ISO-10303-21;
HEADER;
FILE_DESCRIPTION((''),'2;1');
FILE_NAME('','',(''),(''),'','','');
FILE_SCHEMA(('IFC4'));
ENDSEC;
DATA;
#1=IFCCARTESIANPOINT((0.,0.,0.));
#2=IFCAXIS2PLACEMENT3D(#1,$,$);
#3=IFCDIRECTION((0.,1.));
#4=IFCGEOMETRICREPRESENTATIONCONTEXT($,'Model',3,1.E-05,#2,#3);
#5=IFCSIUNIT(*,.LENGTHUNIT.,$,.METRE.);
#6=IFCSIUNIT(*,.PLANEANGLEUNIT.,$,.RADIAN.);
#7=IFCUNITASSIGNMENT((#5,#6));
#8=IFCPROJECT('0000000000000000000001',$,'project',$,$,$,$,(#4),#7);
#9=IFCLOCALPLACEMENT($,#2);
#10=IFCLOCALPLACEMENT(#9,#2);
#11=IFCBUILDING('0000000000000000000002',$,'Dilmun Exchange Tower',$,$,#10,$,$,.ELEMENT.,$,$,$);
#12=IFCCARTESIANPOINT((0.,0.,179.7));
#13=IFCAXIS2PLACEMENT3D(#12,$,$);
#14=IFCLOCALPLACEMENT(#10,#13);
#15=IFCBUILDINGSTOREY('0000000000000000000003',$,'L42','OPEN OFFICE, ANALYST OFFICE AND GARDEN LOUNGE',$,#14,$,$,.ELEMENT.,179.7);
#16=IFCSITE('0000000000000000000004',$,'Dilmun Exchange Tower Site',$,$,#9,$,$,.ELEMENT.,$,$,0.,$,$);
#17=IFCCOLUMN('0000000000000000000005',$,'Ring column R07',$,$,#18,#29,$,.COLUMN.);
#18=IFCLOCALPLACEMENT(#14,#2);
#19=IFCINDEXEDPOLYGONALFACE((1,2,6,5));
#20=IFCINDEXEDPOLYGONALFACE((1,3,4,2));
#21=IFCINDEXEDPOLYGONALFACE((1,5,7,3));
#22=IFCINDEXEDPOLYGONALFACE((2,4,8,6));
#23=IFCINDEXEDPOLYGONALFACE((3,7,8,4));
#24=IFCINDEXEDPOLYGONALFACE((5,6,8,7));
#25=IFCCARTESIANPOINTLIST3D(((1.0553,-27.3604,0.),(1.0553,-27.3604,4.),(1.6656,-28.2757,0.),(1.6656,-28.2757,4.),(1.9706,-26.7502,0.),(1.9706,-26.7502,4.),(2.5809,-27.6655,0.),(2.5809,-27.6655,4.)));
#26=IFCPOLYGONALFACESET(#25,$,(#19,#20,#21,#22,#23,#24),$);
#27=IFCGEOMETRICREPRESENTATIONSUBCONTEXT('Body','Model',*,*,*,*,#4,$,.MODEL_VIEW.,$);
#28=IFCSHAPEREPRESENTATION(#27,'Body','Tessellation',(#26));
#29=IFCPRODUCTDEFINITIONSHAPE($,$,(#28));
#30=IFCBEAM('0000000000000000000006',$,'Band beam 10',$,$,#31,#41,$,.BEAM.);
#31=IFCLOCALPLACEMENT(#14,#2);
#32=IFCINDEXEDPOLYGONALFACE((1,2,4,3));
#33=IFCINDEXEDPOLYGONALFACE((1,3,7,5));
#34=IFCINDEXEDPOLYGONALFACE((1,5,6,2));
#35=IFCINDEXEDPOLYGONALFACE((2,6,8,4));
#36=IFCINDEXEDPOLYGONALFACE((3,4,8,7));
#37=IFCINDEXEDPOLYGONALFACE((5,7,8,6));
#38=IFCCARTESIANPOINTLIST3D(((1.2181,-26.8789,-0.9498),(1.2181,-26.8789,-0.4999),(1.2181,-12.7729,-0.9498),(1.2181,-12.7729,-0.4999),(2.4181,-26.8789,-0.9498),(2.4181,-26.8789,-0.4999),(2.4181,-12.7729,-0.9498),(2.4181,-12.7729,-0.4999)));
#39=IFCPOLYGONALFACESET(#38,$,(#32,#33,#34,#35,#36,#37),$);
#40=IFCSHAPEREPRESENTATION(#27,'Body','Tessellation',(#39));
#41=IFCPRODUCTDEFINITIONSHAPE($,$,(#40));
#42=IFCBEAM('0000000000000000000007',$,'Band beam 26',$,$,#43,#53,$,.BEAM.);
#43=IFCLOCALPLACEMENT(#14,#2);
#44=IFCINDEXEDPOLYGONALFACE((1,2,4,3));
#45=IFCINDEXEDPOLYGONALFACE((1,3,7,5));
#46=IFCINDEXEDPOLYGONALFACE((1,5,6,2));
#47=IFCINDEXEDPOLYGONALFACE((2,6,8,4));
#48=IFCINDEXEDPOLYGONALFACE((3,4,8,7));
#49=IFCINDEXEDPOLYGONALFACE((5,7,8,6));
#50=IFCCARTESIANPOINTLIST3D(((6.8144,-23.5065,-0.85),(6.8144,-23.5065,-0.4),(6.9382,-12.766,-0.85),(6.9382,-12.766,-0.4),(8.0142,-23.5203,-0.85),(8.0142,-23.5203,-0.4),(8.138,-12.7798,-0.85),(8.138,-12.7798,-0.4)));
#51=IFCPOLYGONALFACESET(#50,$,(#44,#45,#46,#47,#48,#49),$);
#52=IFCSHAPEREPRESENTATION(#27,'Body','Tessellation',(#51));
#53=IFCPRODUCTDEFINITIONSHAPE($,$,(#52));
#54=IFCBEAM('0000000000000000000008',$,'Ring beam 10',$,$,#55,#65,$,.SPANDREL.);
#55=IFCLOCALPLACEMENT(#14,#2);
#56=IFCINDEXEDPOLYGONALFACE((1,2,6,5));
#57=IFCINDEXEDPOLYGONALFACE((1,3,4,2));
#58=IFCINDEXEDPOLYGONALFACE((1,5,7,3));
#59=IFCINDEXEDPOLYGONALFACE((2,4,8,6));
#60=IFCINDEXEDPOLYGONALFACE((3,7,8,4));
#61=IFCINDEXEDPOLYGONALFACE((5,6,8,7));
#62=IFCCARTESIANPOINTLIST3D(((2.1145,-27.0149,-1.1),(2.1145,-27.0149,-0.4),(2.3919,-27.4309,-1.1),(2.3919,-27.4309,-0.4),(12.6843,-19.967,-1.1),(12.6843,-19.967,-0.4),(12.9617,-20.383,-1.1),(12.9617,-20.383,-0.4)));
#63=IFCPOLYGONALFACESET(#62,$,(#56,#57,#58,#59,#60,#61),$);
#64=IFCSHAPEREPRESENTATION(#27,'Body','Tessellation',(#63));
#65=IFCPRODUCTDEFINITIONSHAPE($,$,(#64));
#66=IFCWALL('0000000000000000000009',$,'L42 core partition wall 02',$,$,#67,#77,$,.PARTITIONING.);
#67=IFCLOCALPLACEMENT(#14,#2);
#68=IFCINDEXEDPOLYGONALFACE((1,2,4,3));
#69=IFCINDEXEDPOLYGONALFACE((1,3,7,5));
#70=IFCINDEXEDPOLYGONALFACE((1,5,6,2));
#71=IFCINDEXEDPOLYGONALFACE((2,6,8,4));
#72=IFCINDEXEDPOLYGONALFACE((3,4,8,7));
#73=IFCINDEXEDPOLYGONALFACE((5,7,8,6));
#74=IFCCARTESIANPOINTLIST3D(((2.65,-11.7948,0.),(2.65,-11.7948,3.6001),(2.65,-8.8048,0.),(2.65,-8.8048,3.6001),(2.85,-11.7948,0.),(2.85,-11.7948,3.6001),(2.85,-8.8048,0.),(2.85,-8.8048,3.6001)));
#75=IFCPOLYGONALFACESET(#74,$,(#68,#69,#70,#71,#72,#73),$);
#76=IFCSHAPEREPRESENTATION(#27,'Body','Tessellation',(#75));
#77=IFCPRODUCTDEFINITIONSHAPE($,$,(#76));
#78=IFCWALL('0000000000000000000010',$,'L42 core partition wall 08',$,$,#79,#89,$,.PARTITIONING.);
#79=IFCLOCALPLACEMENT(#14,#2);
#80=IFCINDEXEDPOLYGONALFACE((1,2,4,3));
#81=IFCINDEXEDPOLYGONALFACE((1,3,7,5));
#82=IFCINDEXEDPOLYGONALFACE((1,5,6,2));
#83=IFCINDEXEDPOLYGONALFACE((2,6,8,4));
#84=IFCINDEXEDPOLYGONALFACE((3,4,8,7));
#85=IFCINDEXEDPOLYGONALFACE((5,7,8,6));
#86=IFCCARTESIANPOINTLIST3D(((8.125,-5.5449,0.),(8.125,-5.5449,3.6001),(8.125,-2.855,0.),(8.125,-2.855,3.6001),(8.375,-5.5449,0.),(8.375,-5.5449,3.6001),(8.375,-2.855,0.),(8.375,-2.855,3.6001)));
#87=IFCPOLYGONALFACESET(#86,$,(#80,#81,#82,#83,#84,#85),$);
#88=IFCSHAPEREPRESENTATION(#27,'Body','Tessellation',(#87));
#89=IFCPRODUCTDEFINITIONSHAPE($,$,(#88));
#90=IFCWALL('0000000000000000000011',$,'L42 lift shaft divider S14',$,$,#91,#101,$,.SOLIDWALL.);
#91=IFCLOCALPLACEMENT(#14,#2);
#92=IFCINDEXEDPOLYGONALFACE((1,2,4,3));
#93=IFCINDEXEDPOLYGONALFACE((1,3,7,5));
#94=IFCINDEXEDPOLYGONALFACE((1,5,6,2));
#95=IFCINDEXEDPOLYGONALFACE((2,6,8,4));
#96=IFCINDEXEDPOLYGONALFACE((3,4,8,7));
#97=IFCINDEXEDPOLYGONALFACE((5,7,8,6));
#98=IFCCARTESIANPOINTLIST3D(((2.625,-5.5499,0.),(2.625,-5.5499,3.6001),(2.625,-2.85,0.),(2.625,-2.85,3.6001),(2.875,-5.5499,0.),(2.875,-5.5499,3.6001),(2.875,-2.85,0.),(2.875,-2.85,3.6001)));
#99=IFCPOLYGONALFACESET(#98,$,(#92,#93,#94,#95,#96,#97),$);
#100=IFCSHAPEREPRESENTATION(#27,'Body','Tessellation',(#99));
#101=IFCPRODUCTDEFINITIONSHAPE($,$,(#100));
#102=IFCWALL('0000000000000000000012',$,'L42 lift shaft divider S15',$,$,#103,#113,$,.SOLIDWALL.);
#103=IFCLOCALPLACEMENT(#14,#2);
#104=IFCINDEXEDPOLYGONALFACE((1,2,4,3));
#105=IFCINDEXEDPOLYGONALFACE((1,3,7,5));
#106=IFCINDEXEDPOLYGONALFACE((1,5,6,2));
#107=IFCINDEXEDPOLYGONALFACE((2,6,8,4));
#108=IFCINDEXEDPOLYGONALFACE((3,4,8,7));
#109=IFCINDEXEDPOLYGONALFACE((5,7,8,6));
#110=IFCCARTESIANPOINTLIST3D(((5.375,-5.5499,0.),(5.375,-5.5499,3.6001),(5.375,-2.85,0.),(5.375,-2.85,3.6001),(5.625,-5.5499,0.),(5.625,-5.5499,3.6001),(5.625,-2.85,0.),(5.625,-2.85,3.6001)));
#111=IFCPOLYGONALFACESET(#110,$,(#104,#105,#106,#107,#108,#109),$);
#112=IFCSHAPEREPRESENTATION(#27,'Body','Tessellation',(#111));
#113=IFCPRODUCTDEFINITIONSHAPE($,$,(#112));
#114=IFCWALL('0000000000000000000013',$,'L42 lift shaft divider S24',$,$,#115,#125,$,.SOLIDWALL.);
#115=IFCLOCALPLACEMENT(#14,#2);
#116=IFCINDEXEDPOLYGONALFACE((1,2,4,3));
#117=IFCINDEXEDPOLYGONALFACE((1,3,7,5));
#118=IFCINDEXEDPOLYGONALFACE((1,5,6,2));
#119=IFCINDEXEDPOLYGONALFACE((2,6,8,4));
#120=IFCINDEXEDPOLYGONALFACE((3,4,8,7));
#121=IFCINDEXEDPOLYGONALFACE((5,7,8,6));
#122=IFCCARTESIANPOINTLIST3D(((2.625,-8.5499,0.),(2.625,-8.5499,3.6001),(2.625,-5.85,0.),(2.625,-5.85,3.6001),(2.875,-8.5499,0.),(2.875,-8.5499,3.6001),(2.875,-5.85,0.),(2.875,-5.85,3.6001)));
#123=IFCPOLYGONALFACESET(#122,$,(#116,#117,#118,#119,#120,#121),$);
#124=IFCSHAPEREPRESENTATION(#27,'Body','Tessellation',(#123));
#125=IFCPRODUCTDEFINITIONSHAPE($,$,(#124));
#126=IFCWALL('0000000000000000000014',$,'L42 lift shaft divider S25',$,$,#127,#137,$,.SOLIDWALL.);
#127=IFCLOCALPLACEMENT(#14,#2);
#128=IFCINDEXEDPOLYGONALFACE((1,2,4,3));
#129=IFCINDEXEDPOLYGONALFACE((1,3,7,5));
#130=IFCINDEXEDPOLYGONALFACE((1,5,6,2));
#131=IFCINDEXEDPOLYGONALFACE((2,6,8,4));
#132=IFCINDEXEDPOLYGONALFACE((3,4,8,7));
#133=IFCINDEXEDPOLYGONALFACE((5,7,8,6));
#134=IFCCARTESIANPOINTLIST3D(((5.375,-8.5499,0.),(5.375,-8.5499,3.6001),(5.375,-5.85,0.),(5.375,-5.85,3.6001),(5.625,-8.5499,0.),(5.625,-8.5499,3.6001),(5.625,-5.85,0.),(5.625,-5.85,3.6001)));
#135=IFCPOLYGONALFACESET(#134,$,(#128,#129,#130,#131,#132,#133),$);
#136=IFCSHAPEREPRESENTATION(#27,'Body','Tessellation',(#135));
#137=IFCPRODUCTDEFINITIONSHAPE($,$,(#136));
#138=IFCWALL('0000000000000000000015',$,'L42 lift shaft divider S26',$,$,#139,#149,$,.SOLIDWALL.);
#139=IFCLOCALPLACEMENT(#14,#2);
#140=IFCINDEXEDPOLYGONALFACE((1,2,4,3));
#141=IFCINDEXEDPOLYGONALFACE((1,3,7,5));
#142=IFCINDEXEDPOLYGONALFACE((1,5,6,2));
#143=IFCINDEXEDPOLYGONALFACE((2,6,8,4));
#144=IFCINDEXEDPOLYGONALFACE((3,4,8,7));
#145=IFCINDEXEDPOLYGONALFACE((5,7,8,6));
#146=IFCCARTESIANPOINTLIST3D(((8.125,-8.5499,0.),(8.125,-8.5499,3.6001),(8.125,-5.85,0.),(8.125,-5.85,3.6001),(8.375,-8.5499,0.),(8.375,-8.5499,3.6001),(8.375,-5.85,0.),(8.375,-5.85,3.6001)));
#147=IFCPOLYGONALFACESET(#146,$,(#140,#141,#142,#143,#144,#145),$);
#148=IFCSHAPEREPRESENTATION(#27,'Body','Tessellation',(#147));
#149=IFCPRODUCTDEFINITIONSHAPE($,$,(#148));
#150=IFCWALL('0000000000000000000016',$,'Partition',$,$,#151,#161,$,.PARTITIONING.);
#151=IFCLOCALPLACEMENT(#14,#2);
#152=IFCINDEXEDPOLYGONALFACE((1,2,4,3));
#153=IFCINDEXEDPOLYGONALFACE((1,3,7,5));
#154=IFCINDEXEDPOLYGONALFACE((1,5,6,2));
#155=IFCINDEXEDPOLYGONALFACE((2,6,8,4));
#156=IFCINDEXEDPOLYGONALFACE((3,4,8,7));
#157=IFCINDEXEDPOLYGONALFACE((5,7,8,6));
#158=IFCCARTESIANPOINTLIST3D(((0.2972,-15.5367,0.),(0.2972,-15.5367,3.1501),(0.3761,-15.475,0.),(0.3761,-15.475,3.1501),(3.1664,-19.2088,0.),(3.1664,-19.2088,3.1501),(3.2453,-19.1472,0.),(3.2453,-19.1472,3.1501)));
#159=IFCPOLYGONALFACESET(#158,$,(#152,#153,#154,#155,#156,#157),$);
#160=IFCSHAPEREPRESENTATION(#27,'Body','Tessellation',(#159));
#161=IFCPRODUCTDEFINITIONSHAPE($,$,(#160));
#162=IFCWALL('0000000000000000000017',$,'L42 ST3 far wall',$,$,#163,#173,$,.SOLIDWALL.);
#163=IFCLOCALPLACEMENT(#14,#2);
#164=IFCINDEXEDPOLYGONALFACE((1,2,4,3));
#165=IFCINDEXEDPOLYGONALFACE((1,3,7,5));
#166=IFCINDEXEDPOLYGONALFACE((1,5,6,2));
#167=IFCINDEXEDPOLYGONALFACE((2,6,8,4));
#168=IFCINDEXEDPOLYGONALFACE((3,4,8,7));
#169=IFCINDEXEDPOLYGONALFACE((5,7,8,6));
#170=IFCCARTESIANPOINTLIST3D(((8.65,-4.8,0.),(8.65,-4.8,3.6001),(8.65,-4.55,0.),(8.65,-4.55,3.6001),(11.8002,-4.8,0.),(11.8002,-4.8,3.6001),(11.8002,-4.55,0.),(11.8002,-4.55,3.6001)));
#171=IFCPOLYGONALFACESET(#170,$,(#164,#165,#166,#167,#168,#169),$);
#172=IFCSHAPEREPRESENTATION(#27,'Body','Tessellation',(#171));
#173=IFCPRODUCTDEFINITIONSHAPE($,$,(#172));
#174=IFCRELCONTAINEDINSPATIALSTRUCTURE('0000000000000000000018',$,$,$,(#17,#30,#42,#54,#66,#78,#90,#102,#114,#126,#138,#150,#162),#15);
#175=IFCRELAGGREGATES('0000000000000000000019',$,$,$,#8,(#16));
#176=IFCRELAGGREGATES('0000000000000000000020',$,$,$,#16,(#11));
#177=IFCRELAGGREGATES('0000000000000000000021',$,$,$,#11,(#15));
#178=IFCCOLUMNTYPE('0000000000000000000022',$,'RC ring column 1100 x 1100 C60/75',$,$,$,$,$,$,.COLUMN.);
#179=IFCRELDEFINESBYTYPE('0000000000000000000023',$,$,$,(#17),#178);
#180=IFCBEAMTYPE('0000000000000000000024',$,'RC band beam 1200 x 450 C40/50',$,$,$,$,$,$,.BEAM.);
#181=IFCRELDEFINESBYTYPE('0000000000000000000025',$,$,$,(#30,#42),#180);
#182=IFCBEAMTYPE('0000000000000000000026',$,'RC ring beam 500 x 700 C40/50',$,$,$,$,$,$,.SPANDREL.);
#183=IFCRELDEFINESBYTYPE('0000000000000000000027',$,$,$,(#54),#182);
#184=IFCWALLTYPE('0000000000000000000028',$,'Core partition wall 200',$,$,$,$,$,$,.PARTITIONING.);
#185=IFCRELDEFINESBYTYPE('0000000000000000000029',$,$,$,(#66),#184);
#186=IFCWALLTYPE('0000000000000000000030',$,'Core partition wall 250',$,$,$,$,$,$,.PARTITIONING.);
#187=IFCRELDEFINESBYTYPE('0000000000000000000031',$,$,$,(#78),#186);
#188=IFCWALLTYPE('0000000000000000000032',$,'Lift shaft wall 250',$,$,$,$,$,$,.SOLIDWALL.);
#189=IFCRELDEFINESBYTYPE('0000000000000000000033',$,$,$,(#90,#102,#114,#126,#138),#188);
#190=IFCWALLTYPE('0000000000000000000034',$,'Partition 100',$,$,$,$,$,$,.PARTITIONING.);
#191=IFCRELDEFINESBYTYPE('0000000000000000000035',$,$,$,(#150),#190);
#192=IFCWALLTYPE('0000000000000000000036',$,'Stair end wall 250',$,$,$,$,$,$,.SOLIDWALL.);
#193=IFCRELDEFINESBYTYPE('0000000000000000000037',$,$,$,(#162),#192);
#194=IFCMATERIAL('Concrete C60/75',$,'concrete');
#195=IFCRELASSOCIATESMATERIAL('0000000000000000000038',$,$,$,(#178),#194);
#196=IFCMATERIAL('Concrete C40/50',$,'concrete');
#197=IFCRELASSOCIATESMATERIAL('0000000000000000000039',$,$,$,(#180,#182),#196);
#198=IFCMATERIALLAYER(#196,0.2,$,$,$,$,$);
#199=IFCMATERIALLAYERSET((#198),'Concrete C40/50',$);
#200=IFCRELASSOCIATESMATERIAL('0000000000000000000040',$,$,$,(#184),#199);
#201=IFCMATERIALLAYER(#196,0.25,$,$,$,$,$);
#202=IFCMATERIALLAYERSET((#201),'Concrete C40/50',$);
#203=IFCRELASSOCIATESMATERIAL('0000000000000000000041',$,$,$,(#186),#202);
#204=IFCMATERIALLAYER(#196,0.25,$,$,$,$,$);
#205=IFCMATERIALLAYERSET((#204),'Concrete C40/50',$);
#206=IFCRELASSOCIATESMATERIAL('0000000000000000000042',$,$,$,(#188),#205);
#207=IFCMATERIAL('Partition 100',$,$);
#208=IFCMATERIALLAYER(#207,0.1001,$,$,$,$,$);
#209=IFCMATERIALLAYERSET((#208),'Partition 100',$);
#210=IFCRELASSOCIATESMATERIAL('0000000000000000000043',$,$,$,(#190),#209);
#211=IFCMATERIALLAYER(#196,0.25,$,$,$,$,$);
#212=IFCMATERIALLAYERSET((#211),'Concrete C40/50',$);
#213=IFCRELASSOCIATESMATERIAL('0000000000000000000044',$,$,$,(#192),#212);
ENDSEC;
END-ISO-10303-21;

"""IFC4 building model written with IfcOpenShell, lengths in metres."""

from ifc_helpers import new_model, si_unit, direction, frame, frame_2d, origin, origin_2d, place, context, subcontext, project, spatial, rectangle, extrude, material, layer, layer_set, material_profile, profile_set, type_object, element, save


model = new_model("IFC4")

# Units and contexts
model_context = context("Model", 3, precision=1e-05, world=origin(), true_north=direction((0.0, 1.0)))
body_context = subcontext(model_context, "Body", "Model", "MODEL_VIEW")
ifc_project = project(units=[si_unit("LENGTHUNIT", "METRE"), si_unit("PLANEANGLEUNIT", "RADIAN")], contexts=[model_context])

# Site, building, storey
site_placement = place(None, origin())
site = spatial("IfcSite", under=ifc_project, at=site_placement, Name="Dilmun Exchange Tower Site", CompositionType="ELEMENT", RefElevation=0.0)
building_placement = place(site_placement, origin())
building = spatial("IfcBuilding", under=site, at=building_placement, Name="Dilmun Exchange Tower", CompositionType="ELEMENT")
storey_placement = place(building_placement, frame((0.0, 0.0, 179.7)))
storey = spatial("IfcBuildingStorey", under=building, at=storey_placement, Name="L42", Description="OPEN OFFICE, ANALYST OFFICE AND GARDEN LOUNGE", CompositionType="ELEMENT", Elevation=179.7)

# Column
ifc_material_1 = material(Name="Concrete C60/75", Category="concrete")
ifc_material_profile_1 = material_profile(ifc_material_1, rectangle(XDim=1.1001, YDim=1.1001, at=origin_2d()), Name="1100 x 1100")
ifc_profile_set_1 = profile_set([ifc_material_profile_1], Name="Concrete C60/75")
column_type = type_object("IfcColumnType", Name="RC ring column 1100 x 1100 C60/75", PredefinedType="COLUMN", material=ifc_profile_set_1)
column_placement = place(storey_placement, frame((1.8181, -27.5129, 0.0), z_axis=(0.0, 0.0, 1.0), x_axis=(0.832029, 0.554733, 0.0)))
element("IfcColumn", 1, at=column_placement, inside=storey, type_object=column_type, Name="Ring column R07", PredefinedType="COLUMN", context=body_context, shape_type="SweptSolid", body=[
    extrude(rectangle(XDim=1.1001, YDim=1.1001, at=origin_2d()), origin(), (0.0, 0.0, 1.0), 4.0),
])

# Beams
ifc_material_2 = material(Name="Concrete C40/50", Category="concrete")
ifc_material_profile_2 = material_profile(ifc_material_2, rectangle(XDim=1.2, YDim=0.45, at=origin_2d()), Name="1200 x 450")
ifc_profile_set_2 = profile_set([ifc_material_profile_2], Name="Concrete C40/50")
beam_type_1 = type_object("IfcBeamType", Name="RC band beam 1200 x 450 C40/50", PredefinedType="BEAM", material=ifc_profile_set_2)
beam_1_placement = place(storey_placement, frame((1.8181, -26.8789, -0.7249), z_axis=(0.0, 1.0, 0.0), x_axis=(-1.0, 0.0, 0.0)))
element("IfcBeam", 2, at=beam_1_placement, inside=storey, type_object=beam_type_1, Name="Band beam 10", PredefinedType="BEAM", context=body_context, shape_type="SweptSolid", body=[
    extrude(rectangle(XDim=1.2, YDim=0.45, at=origin_2d()), origin(), (0.0, 0.0, 1.0), 14.106),
])
beam_2_placement = place(storey_placement, frame((7.4143, -23.5134, -0.625), z_axis=(0.011524, 0.999934, 0.0), x_axis=(-0.999934, 0.011524, 0.0)))
element("IfcBeam", 3, at=beam_2_placement, inside=storey, type_object=beam_type_1, Name="Band beam 26", PredefinedType="BEAM", context=body_context, shape_type="SweptSolid", body=[
    extrude(rectangle(XDim=1.2, YDim=0.45, at=origin_2d()), origin(), (0.0, 0.0, 1.0), 10.7412),
])
ifc_material_profile_3 = material_profile(ifc_material_2, rectangle(XDim=0.5, YDim=0.7, at=origin_2d()), Name="500 x 700")
ifc_profile_set_3 = profile_set([ifc_material_profile_3], Name="Concrete C40/50")
beam_type_2 = type_object("IfcBeamType", Name="RC ring beam 500 x 700 C40/50", PredefinedType="SPANDREL", material=ifc_profile_set_3)
beam_3_placement = place(storey_placement, frame((2.2532, -27.2229, -0.75), z_axis=(0.832003, 0.554771, 0.0), x_axis=(-0.554771, 0.832003, 0.0)))
element("IfcBeam", 4, at=beam_3_placement, inside=storey, type_object=beam_type_2, Name="Ring beam 10", PredefinedType="SPANDREL", context=body_context, shape_type="SweptSolid", body=[
    extrude(rectangle(XDim=0.5, YDim=0.7, at=origin_2d()), origin(), (0.0, 0.0, 1.0), 12.7041),
])

# Walls
ifc_layer_1 = layer(ifc_material_2, 0.2)
ifc_layer_set_1 = layer_set([ifc_layer_1], Name="Concrete C40/50")
wall_type_1 = type_object("IfcWallType", Name="Core partition wall 200", PredefinedType="PARTITIONING", material=ifc_layer_set_1)
wall_1_placement = place(storey_placement, frame((2.75, -11.7949, 0.0), z_axis=(0.0, 0.0, 1.0), x_axis=(0.0, 1.0, 0.0)))
element("IfcWall", 5, at=wall_1_placement, inside=storey, type_object=wall_type_1, Name="L42 core partition wall 02", PredefinedType="PARTITIONING", context=body_context, shape_type="SweptSolid", body=[
    extrude(rectangle(XDim=2.99, YDim=0.2, at=frame_2d((1.4951, 0.0))), origin(), (0.0, 0.0, 1.0), 3.6001),
])
ifc_layer_2 = layer(ifc_material_2, 0.25)
ifc_layer_set_2 = layer_set([ifc_layer_2], Name="Concrete C40/50")
wall_type_2 = type_object("IfcWallType", Name="Core partition wall 250", PredefinedType="PARTITIONING", material=ifc_layer_set_2)
wall_2_placement = place(storey_placement, frame((8.25, -5.5449, 0.0), z_axis=(0.0, 0.0, 1.0), x_axis=(0.0, 1.0, 0.0)))
element("IfcWall", 6, at=wall_2_placement, inside=storey, type_object=wall_type_2, Name="L42 core partition wall 08", PredefinedType="PARTITIONING", context=body_context, shape_type="SweptSolid", body=[
    extrude(rectangle(XDim=2.6899, YDim=0.25, at=frame_2d((1.345, 0.0))), origin(), (0.0, 0.0, 1.0), 3.6001),
])
ifc_layer_3 = layer(ifc_material_2, 0.25)
ifc_layer_set_3 = layer_set([ifc_layer_3], Name="Concrete C40/50")
wall_type_3 = type_object("IfcWallType", Name="Lift shaft wall 250", PredefinedType="SOLIDWALL", material=ifc_layer_set_3)
for number, where, z_axis, x_axis, name in (
    (7, (2.75, -5.55, 0.0), (0.0, 0.0, 1.0), (0.0, 1.0, 0.0), "L42 lift shaft divider S14"),
    (8, (5.5, -5.55, 0.0), (0.0, 0.0, 1.0), (0.0, 1.0, 0.0), "L42 lift shaft divider S15"),
    (9, (2.75, -8.55, 0.0), (0.0, 0.0, 1.0), (0.0, 1.0, 0.0), "L42 lift shaft divider S24"),
    (10, (5.5, -8.55, 0.0), (0.0, 0.0, 1.0), (0.0, 1.0, 0.0), "L42 lift shaft divider S25"),
    (11, (8.25, -8.55, 0.0), (0.0, 0.0, 1.0), (0.0, 1.0, 0.0), "L42 lift shaft divider S26"),
):
    element("IfcWall", number, at=place(storey_placement, frame(where, z_axis=z_axis, x_axis=x_axis)), inside=storey, type_object=wall_type_3, Name=name, PredefinedType="SOLIDWALL", context=body_context, shape_type="SweptSolid", body=[
        extrude(rectangle(XDim=2.7, YDim=0.25, at=frame_2d((1.3501, 0.0))), origin(), (0.0, 0.0, 1.0), 3.6001),
    ])
ifc_material_3 = material(Name="Partition 100")
ifc_layer_4 = layer(ifc_material_3, 0.1001)
ifc_layer_set_4 = layer_set([ifc_layer_4], Name="Partition 100")
wall_type_4 = type_object("IfcWallType", Name="Partition 100", PredefinedType="PARTITIONING", material=ifc_layer_set_4)
wall_3_placement = place(storey_placement, frame((0.3367, -15.5059, 0.0), z_axis=(0.0, 0.0, 1.0), x_axis=(0.615684, -0.787993, 0.0)))
element("IfcWall", 12, at=wall_3_placement, inside=storey, type_object=wall_type_4, Name="Partition", PredefinedType="PARTITIONING", context=body_context, shape_type="SweptSolid", body=[
    extrude(rectangle(XDim=4.6602, YDim=0.1001, at=frame_2d((2.3301, 0.0))), origin(), (0.0, 0.0, 1.0), 3.1501),
])
ifc_layer_5 = layer(ifc_material_2, 0.25)
ifc_layer_set_5 = layer_set([ifc_layer_5], Name="Concrete C40/50")
wall_type_5 = type_object("IfcWallType", Name="Stair end wall 250", PredefinedType="SOLIDWALL", material=ifc_layer_set_5)
wall_4_placement = place(storey_placement, frame((8.6499, -4.675, 0.0), z_axis=(0.0, 0.0, 1.0), x_axis=(1.0, 0.0, 0.0)))
element("IfcWall", 13, at=wall_4_placement, inside=storey, type_object=wall_type_5, Name="L42 ST3 far wall", PredefinedType="SOLIDWALL", context=body_context, shape_type="SweptSolid", body=[
    extrude(rectangle(XDim=3.1501, YDim=0.25, at=frame_2d((1.5752, 0.0))), origin(), (0.0, 0.0, 1.0), 3.6001),
])

save(model, "model.ifc")
